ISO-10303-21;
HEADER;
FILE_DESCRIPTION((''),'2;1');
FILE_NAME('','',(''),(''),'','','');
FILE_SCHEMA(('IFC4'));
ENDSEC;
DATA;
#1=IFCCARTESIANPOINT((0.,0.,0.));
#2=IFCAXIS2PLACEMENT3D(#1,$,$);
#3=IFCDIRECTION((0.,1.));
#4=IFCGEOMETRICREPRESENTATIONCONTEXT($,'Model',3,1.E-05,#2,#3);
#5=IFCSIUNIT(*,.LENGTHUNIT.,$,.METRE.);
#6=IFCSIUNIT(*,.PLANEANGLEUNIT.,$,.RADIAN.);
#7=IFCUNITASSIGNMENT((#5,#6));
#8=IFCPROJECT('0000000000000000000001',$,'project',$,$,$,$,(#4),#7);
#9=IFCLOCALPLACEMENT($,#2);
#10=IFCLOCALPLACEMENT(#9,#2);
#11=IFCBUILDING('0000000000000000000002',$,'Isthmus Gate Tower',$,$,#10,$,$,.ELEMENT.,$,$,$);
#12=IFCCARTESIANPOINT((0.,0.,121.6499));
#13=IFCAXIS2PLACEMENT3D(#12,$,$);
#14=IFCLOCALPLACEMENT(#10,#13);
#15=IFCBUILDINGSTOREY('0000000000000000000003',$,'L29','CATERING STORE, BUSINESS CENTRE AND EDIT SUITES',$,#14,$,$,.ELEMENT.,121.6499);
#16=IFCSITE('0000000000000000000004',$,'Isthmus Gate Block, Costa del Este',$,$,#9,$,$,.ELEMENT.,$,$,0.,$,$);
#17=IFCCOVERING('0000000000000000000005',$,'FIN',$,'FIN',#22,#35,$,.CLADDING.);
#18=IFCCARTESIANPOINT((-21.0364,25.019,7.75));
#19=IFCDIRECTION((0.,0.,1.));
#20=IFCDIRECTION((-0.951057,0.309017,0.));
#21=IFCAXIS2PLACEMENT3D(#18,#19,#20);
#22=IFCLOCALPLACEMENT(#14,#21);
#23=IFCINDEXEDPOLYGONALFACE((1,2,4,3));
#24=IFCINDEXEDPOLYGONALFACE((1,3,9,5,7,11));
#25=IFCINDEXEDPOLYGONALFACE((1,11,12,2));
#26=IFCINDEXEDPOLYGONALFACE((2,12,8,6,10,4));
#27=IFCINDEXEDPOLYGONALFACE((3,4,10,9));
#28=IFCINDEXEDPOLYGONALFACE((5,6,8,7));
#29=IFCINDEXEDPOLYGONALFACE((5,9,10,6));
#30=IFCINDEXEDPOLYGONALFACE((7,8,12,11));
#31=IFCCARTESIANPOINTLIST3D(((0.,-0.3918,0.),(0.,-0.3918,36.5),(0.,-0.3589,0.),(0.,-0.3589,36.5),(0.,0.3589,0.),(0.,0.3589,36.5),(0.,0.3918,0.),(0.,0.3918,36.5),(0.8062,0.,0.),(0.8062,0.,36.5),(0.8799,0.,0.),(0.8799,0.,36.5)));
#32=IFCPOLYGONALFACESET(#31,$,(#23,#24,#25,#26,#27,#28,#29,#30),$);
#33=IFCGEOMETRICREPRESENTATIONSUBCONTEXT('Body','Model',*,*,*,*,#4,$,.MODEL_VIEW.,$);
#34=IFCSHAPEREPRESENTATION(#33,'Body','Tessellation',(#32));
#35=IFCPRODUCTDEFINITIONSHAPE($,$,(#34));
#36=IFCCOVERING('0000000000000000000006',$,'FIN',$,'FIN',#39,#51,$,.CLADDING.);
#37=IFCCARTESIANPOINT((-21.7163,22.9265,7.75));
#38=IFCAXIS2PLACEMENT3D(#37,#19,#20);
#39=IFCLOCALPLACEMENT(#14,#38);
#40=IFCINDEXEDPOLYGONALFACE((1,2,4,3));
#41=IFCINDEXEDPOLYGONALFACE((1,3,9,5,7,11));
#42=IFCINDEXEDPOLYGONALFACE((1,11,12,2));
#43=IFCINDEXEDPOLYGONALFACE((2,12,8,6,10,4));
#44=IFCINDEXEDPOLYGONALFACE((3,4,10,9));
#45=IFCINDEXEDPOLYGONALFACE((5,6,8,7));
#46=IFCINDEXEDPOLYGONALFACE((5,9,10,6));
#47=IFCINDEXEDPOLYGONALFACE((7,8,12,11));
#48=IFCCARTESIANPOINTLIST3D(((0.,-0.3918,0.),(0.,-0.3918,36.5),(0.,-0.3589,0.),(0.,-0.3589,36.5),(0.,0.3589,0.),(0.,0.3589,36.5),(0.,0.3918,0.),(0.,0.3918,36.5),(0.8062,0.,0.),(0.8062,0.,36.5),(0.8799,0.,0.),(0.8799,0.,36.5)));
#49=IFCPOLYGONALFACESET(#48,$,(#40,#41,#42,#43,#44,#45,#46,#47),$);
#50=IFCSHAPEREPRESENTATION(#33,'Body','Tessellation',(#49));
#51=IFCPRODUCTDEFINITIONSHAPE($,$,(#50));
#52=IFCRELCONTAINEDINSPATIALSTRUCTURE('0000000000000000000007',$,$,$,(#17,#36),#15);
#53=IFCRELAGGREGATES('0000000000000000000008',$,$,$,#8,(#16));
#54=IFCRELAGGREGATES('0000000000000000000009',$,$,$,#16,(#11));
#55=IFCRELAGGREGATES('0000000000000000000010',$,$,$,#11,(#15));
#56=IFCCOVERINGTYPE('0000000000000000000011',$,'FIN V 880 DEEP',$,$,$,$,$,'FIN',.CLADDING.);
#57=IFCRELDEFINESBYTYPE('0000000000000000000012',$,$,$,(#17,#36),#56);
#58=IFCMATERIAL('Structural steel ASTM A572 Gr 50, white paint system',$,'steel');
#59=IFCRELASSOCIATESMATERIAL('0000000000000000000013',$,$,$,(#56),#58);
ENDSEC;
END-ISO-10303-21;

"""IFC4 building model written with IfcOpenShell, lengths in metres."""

from ifc_helpers import new_model, si_unit, direction, frame, origin, place, context, subcontext, project, spatial, polyline, outline, extrude, material, material_profile, profile_set, type_object, element, save


model = new_model("IFC4")

# Units and contexts
model_context = context("Model", 3, precision=1e-05, world=origin(), true_north=direction((0.0, 1.0)))
body_context = subcontext(model_context, "Body", "Model", "MODEL_VIEW")
ifc_project = project(units=[si_unit("LENGTHUNIT", "METRE"), si_unit("PLANEANGLEUNIT", "RADIAN")], contexts=[model_context])

# Site, building, storey
site_placement = place(None, origin())
site = spatial("IfcSite", under=ifc_project, at=site_placement, Name="Isthmus Gate Block, Costa del Este", CompositionType="ELEMENT", RefElevation=0.0)
building_placement = place(site_placement, origin())
building = spatial("IfcBuilding", under=site, at=building_placement, Name="Isthmus Gate Tower", CompositionType="ELEMENT")
storey_placement = place(building_placement, frame((0.0, 0.0, 121.6499)))
storey = spatial("IfcBuildingStorey", under=building, at=storey_placement, Name="L29", Description="CATERING STORE, BUSINESS CENTRE AND EDIT SUITES", CompositionType="ELEMENT", Elevation=121.6499)

# Coverings
ifc_material_1 = material(Name="Structural steel ASTM A572 Gr 50, white paint system", Category="steel")
ifc_material_profile_1 = material_profile(ifc_material_1, outline(polyline([(0.0, -0.3918), (0.8799, 0.0), (0.0, 0.3918), (0.0, 0.3589), (0.8062, 0.0), (0.0, -0.3589), (0.0, -0.3918)])), Name="V880")
ifc_profile_set_1 = profile_set([ifc_material_profile_1], Name="Structural steel ASTM A572 Gr 50, white paint system")
covering_type_1 = type_object("IfcCoveringType", Name="FIN V 880 DEEP", ElementType="FIN", PredefinedType="CLADDING", material=ifc_profile_set_1)
for number, where, z_axis, x_axis, name in (
    (1, (-21.0364, 25.019, 7.75), (0.0, 0.0, 1.0), (-0.951057, 0.309017, 0.0), "FIN"),
    (2, (-21.7163, 22.9265, 7.75), (0.0, 0.0, 1.0), (-0.951057, 0.309017, 0.0), "FIN"),
):
    element("IfcCovering", number, at=place(storey_placement, frame(where, z_axis=z_axis, x_axis=x_axis)), inside=storey, type_object=covering_type_1, Name=name, ObjectType="FIN", PredefinedType="CLADDING", context=body_context, shape_type="SweptSolid", body=[
        extrude(outline(polyline([(0.0, -0.3918), (0.8799, 0.0), (0.0, 0.3918), (0.0, 0.3589), (0.8062, 0.0), (0.0, -0.3589), (0.0, -0.3918)])), origin(), (0.0, 0.0, 1.0), 36.5),
    ])

save(model, "model.ifc")
